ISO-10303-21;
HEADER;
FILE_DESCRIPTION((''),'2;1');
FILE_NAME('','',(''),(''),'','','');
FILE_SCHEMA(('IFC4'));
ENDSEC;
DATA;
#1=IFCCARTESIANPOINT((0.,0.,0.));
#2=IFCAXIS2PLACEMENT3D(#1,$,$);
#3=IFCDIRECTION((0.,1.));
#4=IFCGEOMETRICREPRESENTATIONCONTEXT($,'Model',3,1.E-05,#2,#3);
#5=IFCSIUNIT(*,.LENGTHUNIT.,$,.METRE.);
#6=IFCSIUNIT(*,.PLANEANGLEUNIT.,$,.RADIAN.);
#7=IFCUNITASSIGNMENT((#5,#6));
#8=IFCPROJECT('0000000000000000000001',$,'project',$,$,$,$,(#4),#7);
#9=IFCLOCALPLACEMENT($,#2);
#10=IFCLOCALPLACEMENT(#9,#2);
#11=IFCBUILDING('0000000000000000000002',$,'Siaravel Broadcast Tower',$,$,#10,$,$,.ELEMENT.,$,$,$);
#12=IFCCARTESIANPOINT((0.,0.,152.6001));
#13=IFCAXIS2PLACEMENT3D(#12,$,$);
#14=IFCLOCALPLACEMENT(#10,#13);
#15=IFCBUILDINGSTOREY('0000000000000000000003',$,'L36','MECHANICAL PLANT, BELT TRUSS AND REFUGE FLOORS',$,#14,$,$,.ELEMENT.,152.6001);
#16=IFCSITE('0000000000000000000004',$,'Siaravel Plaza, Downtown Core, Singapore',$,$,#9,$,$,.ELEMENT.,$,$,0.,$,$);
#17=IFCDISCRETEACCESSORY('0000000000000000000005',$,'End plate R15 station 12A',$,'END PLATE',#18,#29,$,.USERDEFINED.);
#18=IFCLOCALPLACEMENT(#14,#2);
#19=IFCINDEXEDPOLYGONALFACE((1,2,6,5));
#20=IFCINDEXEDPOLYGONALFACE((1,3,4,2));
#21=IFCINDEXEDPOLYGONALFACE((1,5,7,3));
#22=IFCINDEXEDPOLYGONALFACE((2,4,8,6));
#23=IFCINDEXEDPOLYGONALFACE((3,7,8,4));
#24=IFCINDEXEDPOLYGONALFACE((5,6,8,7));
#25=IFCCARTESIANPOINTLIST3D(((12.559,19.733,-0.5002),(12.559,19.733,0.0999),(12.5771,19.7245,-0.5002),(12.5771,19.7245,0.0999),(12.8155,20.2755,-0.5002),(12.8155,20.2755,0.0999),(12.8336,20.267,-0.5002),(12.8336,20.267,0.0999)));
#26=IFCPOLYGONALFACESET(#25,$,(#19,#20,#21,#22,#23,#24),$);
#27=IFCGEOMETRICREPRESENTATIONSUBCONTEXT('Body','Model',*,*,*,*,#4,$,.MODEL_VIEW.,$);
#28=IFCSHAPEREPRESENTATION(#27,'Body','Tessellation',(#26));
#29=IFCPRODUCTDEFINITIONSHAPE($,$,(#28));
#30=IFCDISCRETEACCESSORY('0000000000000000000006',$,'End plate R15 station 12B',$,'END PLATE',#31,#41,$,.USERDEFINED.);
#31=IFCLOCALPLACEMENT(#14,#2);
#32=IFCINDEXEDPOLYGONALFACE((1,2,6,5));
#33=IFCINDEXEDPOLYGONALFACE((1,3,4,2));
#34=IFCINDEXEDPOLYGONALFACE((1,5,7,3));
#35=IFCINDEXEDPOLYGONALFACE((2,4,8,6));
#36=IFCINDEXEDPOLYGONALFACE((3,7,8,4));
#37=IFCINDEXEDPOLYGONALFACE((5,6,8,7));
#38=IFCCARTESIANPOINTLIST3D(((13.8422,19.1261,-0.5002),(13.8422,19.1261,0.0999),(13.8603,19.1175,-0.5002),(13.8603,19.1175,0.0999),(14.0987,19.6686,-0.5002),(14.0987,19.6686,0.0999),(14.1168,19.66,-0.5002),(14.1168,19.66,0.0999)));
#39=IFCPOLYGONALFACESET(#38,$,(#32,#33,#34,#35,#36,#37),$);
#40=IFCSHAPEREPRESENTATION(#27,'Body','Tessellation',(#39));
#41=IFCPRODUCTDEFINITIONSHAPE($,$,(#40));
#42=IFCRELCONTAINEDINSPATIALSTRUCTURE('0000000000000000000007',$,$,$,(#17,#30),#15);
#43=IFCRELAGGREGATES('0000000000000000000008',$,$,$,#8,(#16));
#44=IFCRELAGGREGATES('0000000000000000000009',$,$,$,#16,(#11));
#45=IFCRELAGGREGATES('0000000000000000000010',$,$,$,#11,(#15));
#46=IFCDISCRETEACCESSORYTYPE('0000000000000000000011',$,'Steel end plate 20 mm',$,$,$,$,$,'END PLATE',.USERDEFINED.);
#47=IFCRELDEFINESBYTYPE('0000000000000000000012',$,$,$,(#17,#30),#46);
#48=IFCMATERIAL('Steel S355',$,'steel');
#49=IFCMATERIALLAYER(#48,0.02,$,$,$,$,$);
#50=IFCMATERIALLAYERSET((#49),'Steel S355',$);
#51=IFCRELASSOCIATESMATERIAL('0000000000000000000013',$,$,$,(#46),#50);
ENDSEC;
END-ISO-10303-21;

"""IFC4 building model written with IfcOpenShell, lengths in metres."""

from ifc_helpers import new_model, si_unit, direction, frame, origin, origin_2d, place, context, subcontext, project, spatial, rectangle, extrude, material, layer, layer_set, type_object, element, save


model = new_model("IFC4")

# Units and contexts
model_context = context("Model", 3, precision=1e-05, world=origin(), true_north=direction((0.0, 1.0)))
body_context = subcontext(model_context, "Body", "Model", "MODEL_VIEW")
ifc_project = project(units=[si_unit("LENGTHUNIT", "METRE"), si_unit("PLANEANGLEUNIT", "RADIAN")], contexts=[model_context])

# Site, building, storey
site_placement = place(None, origin())
site = spatial("IfcSite", under=ifc_project, at=site_placement, Name="Siaravel Plaza, Downtown Core, Singapore", CompositionType="ELEMENT", RefElevation=0.0)
building_placement = place(site_placement, origin())
building = spatial("IfcBuilding", under=site, at=building_placement, Name="Siaravel Broadcast Tower", CompositionType="ELEMENT")
storey_placement = place(building_placement, frame((0.0, 0.0, 152.6001)))
storey = spatial("IfcBuildingStorey", under=building, at=storey_placement, Name="L36", Description="MECHANICAL PLANT, BELT TRUSS AND REFUGE FLOORS", CompositionType="ELEMENT", Elevation=152.6001)

# Shared definitions
ifc_material_1 = material(Name="Steel S355", Category="steel")

# Discrete accessories
ifc_layer_1 = layer(ifc_material_1, 0.02)
ifc_layer_set_1 = layer_set([ifc_layer_1], Name="Steel S355")
discrete_accessory_type = type_object("IfcDiscreteAccessoryType", Name="Steel end plate 20 mm", ElementType="END PLATE", PredefinedType="USERDEFINED", material=ifc_layer_set_1)
for number, where, z_axis, x_axis, name in (
    (1, (12.6963, 20.0, -0.5002), (0.0, 0.0, 1.0), (-0.904006, 0.427519, 0.0), "End plate R15 station 12A"),
    (2, (13.9795, 19.3931, -0.5002), (0.0, 0.0, 1.0), (-0.904006, 0.427519, 0.0), "End plate R15 station 12B"),
):
    element("IfcDiscreteAccessory", number, at=place(storey_placement, frame(where, z_axis=z_axis, x_axis=x_axis)), inside=storey, type_object=discrete_accessory_type, Name=name, ObjectType="END PLATE", PredefinedType="USERDEFINED", context=body_context, shape_type="SweptSolid", body=[
        extrude(rectangle(XDim=0.02, YDim=0.6001, at=origin_2d()), origin(), (0.0, 0.0, 1.0), 0.6001),
    ])

save(model, "model.ifc")
